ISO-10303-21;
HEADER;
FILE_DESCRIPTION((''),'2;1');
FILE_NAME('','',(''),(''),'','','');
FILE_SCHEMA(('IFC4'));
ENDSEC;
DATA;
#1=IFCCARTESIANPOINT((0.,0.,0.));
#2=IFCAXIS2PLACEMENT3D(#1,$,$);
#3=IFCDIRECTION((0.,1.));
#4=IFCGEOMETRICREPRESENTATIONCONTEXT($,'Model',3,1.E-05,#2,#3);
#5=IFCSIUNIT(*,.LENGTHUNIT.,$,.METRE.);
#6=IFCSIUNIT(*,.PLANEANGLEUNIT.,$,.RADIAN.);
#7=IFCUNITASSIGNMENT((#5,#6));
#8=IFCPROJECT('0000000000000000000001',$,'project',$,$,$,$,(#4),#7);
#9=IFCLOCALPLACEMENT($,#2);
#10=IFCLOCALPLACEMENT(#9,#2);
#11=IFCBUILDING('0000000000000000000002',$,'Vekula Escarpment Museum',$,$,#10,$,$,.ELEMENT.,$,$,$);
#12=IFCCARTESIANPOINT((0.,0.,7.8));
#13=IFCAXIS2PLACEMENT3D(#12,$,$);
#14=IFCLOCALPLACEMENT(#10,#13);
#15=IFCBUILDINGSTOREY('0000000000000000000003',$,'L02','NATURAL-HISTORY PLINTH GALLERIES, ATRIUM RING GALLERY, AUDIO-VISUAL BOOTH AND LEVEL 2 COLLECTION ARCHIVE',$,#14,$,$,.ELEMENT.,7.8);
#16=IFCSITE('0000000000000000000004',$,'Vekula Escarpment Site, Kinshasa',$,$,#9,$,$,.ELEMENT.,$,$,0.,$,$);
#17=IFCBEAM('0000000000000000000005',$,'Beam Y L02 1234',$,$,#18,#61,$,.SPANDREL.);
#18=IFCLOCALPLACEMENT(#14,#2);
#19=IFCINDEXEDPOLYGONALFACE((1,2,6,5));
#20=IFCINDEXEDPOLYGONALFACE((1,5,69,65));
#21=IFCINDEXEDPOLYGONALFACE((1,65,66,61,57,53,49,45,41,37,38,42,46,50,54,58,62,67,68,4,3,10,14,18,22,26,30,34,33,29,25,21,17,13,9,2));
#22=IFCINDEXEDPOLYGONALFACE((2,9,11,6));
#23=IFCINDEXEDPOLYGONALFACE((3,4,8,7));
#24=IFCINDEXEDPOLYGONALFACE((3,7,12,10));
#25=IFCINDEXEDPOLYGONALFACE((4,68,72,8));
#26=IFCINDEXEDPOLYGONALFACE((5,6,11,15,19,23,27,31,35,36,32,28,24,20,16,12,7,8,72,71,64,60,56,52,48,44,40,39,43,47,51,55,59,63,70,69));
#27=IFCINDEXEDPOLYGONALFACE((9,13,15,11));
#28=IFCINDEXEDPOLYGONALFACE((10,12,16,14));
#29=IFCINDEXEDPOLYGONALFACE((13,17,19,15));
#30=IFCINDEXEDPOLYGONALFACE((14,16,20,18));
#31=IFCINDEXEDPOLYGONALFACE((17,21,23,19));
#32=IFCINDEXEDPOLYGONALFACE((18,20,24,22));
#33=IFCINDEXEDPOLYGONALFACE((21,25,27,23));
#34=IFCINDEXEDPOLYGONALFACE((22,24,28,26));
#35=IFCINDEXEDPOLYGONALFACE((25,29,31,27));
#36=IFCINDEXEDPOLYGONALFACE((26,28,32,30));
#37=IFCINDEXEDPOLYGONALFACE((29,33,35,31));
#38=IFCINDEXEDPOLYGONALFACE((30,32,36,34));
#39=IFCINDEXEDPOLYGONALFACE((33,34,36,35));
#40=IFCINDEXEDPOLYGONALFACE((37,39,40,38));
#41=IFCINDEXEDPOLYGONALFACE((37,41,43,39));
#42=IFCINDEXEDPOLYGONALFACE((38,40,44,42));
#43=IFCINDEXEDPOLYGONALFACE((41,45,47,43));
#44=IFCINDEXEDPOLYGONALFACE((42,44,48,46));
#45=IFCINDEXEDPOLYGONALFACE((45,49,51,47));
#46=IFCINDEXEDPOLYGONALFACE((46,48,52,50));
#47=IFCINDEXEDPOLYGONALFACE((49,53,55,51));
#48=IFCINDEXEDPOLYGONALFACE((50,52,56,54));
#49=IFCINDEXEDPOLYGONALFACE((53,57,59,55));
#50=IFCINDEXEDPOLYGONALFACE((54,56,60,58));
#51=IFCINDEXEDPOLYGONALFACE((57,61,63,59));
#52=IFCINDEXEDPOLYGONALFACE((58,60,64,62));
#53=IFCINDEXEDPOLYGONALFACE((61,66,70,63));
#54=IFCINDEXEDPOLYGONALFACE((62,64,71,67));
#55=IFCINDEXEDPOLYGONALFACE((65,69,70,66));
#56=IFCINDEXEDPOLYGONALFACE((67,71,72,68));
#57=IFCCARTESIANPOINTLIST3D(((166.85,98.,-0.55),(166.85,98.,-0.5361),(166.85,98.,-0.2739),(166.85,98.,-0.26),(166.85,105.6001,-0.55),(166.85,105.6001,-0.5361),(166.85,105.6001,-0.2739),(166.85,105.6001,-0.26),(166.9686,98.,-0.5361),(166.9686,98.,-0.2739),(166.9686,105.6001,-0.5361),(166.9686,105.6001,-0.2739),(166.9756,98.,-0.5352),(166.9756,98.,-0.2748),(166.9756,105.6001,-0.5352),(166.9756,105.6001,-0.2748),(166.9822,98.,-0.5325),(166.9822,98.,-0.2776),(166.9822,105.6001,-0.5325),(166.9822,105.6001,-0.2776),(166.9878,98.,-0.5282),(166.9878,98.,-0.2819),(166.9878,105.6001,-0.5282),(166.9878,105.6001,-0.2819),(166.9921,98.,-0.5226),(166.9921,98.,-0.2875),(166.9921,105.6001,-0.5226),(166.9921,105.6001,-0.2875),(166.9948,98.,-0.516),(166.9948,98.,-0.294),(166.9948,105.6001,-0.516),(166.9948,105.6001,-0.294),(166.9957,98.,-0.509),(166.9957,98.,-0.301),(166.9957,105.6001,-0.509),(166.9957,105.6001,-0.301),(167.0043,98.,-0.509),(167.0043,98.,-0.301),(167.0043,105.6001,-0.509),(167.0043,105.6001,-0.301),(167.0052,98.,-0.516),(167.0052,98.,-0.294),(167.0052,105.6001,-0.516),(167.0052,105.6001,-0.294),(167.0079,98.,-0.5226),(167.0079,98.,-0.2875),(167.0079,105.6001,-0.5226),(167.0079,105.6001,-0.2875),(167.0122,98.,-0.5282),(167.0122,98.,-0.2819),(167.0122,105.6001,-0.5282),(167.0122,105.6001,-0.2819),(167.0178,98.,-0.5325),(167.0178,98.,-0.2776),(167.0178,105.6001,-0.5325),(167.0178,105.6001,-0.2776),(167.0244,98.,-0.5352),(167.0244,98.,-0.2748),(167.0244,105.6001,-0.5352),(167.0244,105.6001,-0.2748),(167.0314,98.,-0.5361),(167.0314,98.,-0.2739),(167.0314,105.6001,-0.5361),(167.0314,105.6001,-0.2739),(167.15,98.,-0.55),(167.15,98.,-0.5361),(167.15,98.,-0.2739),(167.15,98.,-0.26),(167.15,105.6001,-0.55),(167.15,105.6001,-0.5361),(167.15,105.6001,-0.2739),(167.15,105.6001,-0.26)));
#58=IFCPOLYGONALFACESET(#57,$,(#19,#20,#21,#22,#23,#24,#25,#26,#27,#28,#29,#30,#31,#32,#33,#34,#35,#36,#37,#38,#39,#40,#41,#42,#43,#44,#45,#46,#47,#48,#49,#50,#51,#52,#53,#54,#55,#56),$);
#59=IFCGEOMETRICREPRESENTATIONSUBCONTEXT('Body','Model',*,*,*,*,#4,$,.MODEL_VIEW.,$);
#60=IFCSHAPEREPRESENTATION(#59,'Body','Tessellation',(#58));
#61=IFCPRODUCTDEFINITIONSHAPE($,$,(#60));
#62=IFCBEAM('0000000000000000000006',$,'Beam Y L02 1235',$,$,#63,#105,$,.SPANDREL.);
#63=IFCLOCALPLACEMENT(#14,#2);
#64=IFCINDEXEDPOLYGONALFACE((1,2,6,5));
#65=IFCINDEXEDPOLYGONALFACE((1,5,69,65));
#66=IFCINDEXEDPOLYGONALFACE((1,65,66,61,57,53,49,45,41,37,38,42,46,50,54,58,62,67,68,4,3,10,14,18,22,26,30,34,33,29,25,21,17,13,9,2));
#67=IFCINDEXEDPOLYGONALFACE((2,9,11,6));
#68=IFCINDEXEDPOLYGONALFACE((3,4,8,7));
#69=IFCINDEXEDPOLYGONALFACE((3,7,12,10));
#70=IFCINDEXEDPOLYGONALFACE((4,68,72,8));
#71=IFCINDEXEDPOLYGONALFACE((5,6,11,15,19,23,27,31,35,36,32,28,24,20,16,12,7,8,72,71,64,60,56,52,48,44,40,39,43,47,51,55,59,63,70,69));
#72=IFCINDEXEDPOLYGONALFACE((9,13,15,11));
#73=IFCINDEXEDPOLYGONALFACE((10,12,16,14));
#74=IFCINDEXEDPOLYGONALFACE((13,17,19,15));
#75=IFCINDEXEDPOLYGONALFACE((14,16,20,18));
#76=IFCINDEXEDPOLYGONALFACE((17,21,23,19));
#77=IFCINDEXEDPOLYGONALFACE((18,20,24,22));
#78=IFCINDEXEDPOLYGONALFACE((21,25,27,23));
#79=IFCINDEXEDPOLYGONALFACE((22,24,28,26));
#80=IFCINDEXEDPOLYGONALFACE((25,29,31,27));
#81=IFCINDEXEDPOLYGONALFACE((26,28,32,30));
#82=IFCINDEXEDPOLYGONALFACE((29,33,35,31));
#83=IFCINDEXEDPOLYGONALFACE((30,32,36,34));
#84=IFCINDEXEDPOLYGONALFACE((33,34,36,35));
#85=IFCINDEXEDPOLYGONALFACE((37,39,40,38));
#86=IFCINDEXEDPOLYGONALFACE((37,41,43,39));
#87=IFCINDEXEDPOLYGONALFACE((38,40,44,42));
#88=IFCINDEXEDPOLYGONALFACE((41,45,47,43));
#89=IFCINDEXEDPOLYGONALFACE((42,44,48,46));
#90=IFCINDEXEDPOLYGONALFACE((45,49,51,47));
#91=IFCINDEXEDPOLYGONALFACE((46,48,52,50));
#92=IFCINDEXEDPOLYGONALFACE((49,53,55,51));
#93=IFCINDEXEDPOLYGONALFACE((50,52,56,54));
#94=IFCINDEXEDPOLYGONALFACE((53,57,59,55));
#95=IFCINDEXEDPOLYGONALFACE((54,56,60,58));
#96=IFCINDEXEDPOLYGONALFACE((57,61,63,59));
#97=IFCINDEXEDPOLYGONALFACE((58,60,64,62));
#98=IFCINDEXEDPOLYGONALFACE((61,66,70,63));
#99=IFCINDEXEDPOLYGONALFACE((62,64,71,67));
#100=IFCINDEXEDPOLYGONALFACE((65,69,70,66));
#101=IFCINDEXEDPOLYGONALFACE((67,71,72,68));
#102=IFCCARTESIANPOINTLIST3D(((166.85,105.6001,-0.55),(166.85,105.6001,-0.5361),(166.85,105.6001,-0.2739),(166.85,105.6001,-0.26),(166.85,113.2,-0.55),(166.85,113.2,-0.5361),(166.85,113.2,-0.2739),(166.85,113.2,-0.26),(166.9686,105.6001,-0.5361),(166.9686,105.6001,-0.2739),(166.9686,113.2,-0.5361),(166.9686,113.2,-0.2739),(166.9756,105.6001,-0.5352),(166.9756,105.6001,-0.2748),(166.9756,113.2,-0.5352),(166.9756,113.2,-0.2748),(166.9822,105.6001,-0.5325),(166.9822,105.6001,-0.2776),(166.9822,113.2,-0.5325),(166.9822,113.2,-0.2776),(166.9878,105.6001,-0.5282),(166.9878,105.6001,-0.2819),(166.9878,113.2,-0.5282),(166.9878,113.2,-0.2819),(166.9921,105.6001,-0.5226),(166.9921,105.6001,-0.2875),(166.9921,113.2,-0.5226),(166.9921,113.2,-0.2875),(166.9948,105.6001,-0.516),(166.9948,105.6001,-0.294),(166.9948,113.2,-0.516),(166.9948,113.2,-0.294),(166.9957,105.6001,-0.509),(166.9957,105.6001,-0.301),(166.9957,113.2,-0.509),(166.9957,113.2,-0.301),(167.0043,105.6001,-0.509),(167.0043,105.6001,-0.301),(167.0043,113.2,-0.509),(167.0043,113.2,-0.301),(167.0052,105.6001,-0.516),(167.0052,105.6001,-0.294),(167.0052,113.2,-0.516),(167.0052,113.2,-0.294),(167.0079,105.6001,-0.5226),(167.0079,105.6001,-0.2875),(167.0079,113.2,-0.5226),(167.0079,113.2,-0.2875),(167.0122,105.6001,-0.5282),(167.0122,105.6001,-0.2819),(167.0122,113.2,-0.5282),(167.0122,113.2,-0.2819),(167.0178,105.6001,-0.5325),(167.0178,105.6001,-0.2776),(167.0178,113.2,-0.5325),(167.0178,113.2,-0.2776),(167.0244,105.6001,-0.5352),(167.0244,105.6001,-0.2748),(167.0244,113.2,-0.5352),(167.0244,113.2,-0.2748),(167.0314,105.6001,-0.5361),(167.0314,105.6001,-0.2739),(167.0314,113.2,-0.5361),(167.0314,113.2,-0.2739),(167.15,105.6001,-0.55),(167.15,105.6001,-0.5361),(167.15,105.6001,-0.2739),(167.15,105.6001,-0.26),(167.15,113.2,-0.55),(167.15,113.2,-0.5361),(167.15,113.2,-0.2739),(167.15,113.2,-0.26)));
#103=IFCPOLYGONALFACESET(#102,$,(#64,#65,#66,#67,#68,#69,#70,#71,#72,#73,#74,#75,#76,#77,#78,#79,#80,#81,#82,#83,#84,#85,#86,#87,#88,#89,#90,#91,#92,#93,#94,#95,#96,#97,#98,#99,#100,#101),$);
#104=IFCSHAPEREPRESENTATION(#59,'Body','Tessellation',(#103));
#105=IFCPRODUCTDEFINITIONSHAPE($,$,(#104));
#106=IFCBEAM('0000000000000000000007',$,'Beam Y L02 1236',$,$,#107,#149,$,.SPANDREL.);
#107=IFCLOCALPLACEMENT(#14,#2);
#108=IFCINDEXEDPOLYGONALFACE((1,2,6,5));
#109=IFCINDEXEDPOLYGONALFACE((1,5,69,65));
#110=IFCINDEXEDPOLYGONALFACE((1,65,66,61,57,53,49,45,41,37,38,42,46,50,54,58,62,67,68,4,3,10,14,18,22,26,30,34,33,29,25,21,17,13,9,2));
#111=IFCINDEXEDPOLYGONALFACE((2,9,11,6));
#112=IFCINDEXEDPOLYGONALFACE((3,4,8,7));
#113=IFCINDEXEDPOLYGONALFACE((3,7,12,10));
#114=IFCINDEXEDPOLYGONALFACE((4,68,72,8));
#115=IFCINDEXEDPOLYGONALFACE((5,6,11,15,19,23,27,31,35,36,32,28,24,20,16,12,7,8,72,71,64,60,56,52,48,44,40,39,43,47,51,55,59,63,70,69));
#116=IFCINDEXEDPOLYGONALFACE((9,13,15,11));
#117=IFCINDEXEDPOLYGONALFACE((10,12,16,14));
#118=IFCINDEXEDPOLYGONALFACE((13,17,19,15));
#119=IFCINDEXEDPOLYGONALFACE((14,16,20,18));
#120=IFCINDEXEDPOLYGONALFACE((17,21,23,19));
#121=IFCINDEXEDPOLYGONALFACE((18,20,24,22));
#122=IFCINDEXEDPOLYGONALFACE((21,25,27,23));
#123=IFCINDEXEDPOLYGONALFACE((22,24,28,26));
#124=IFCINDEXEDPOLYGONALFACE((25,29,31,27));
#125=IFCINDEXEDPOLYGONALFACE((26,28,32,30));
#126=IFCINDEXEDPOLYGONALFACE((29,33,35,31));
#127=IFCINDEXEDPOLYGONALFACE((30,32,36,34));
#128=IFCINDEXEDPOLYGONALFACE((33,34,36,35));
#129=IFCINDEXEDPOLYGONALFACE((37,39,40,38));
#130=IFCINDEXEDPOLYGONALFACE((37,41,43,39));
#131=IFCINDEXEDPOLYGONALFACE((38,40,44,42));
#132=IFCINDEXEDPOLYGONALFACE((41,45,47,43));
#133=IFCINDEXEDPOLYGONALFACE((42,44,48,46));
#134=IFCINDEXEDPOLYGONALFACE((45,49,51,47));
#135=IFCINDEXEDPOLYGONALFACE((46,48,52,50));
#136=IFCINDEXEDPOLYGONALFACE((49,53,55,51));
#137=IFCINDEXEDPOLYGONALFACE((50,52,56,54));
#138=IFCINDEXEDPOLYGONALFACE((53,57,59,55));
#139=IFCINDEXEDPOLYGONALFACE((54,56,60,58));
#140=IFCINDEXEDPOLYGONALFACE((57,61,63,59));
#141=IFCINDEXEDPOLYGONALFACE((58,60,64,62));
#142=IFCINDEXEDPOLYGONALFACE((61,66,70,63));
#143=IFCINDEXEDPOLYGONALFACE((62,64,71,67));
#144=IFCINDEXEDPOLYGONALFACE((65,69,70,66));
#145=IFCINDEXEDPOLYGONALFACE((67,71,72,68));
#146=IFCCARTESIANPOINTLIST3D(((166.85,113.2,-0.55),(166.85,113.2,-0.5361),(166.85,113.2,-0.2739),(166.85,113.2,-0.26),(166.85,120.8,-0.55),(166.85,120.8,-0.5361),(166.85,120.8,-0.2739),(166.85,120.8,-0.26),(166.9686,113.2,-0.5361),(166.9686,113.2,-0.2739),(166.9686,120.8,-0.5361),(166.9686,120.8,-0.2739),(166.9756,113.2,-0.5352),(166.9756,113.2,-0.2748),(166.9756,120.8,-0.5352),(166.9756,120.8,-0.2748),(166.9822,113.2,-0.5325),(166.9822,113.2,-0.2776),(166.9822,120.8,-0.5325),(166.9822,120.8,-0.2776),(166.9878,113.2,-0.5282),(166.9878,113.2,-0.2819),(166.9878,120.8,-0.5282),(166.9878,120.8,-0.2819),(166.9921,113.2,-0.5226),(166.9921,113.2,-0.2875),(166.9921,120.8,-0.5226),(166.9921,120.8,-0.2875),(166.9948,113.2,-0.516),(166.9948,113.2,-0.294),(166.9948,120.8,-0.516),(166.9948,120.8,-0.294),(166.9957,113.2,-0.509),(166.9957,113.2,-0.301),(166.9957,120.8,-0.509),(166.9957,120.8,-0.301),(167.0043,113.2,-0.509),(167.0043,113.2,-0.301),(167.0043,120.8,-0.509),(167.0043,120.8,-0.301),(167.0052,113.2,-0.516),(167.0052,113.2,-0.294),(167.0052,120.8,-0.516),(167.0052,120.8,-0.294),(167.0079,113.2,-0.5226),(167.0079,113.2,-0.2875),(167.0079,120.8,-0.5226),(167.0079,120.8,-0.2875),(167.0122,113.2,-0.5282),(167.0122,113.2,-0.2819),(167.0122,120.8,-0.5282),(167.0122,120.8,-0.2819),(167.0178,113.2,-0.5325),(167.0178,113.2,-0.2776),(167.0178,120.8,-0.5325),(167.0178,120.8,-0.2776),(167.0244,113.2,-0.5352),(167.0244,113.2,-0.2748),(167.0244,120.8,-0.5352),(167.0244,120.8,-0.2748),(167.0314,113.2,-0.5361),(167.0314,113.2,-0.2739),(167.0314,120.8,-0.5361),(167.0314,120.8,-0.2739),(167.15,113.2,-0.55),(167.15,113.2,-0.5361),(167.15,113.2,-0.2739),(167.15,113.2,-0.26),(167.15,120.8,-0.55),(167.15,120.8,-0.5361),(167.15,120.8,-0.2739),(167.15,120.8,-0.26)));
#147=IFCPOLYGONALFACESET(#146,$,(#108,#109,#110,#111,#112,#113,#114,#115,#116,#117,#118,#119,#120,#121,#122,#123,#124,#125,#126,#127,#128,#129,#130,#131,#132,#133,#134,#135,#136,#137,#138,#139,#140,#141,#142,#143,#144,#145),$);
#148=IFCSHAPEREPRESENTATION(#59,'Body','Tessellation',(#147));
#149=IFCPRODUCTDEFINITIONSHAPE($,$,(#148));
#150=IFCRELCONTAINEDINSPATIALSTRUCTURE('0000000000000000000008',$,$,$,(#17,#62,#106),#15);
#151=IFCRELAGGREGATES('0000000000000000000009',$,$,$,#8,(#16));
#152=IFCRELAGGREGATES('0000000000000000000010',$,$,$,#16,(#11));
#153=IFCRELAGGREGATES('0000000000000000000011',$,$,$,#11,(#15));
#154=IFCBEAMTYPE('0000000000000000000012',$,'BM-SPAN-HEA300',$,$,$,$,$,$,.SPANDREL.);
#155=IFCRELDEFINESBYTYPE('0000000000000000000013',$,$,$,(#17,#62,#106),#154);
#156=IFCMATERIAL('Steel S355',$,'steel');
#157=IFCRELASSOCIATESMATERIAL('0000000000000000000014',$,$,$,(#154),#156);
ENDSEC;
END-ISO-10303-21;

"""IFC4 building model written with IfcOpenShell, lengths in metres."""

from ifc_helpers import new_model, si_unit, direction, frame, origin, origin_2d, place, context, subcontext, project, spatial, i_section, extrude, material, material_profile, profile_set, type_object, element, save


model = new_model("IFC4")

# Units and contexts
model_context = context("Model", 3, precision=1e-05, world=origin(), true_north=direction((0.0, 1.0)))
body_context = subcontext(model_context, "Body", "Model", "MODEL_VIEW")
ifc_project = project(units=[si_unit("LENGTHUNIT", "METRE"), si_unit("PLANEANGLEUNIT", "RADIAN")], contexts=[model_context])

# Site, building, storey
site_placement = place(None, origin())
site = spatial("IfcSite", under=ifc_project, at=site_placement, Name="Vekula Escarpment Site, Kinshasa", CompositionType="ELEMENT", RefElevation=0.0)
building_placement = place(site_placement, origin())
building = spatial("IfcBuilding", under=site, at=building_placement, Name="Vekula Escarpment Museum", CompositionType="ELEMENT")
storey_placement = place(building_placement, frame((0.0, 0.0, 7.8)))
storey = spatial("IfcBuildingStorey", under=building, at=storey_placement, Name="L02", Description="NATURAL-HISTORY PLINTH GALLERIES, ATRIUM RING GALLERY, AUDIO-VISUAL BOOTH AND LEVEL 2 COLLECTION ARCHIVE", CompositionType="ELEMENT", Elevation=7.8)

# Beams
ifc_material_1 = material(Name="Steel S355", Category="steel")
ifc_material_profile_1 = material_profile(ifc_material_1, i_section(OverallWidth=0.3, OverallDepth=0.29, WebThickness=0.0085, FlangeThickness=0.0139, FilletRadius=0.0271, at=origin_2d()), Name="HEA 300")
ifc_profile_set_1 = profile_set([ifc_material_profile_1], Name="Steel S355")
beam_type_1 = type_object("IfcBeamType", Name="BM-SPAN-HEA300", PredefinedType="SPANDREL", material=ifc_profile_set_1)
beam_1_placement = place(storey_placement, frame((167.0, 98.0, -0.405), z_axis=(0.0, 1.0, 0.0), x_axis=(-1.0, 0.0, 0.0)))
element("IfcBeam", 1, at=beam_1_placement, inside=storey, type_object=beam_type_1, Name="Beam Y L02 1234", PredefinedType="SPANDREL", context=body_context, shape_type="SweptSolid", body=[
    extrude(i_section(OverallWidth=0.3, OverallDepth=0.29, WebThickness=0.0085, FlangeThickness=0.0139, FilletRadius=0.0271, at=origin_2d()), origin(), (0.0, 0.0, 1.0), 7.6001),
])
beam_2_placement = place(storey_placement, frame((167.0, 105.6001, -0.405), z_axis=(0.0, 1.0, 0.0), x_axis=(-1.0, 0.0, 0.0)))
element("IfcBeam", 2, at=beam_2_placement, inside=storey, type_object=beam_type_1, Name="Beam Y L02 1235", PredefinedType="SPANDREL", context=body_context, shape_type="SweptSolid", body=[
    extrude(i_section(OverallWidth=0.3, OverallDepth=0.29, WebThickness=0.0085, FlangeThickness=0.0139, FilletRadius=0.0271, at=origin_2d()), origin(), (0.0, 0.0, 1.0), 7.5999),
])
beam_3_placement = place(storey_placement, frame((167.0, 113.2, -0.405), z_axis=(0.0, 1.0, 0.0), x_axis=(-1.0, 0.0, 0.0)))
element("IfcBeam", 3, at=beam_3_placement, inside=storey, type_object=beam_type_1, Name="Beam Y L02 1236", PredefinedType="SPANDREL", context=body_context, shape_type="SweptSolid", body=[
    extrude(i_section(OverallWidth=0.3, OverallDepth=0.29, WebThickness=0.0085, FlangeThickness=0.0139, FilletRadius=0.0271, at=origin_2d()), origin(), (0.0, 0.0, 1.0), 7.6001),
])

save(model, "model.ifc")
